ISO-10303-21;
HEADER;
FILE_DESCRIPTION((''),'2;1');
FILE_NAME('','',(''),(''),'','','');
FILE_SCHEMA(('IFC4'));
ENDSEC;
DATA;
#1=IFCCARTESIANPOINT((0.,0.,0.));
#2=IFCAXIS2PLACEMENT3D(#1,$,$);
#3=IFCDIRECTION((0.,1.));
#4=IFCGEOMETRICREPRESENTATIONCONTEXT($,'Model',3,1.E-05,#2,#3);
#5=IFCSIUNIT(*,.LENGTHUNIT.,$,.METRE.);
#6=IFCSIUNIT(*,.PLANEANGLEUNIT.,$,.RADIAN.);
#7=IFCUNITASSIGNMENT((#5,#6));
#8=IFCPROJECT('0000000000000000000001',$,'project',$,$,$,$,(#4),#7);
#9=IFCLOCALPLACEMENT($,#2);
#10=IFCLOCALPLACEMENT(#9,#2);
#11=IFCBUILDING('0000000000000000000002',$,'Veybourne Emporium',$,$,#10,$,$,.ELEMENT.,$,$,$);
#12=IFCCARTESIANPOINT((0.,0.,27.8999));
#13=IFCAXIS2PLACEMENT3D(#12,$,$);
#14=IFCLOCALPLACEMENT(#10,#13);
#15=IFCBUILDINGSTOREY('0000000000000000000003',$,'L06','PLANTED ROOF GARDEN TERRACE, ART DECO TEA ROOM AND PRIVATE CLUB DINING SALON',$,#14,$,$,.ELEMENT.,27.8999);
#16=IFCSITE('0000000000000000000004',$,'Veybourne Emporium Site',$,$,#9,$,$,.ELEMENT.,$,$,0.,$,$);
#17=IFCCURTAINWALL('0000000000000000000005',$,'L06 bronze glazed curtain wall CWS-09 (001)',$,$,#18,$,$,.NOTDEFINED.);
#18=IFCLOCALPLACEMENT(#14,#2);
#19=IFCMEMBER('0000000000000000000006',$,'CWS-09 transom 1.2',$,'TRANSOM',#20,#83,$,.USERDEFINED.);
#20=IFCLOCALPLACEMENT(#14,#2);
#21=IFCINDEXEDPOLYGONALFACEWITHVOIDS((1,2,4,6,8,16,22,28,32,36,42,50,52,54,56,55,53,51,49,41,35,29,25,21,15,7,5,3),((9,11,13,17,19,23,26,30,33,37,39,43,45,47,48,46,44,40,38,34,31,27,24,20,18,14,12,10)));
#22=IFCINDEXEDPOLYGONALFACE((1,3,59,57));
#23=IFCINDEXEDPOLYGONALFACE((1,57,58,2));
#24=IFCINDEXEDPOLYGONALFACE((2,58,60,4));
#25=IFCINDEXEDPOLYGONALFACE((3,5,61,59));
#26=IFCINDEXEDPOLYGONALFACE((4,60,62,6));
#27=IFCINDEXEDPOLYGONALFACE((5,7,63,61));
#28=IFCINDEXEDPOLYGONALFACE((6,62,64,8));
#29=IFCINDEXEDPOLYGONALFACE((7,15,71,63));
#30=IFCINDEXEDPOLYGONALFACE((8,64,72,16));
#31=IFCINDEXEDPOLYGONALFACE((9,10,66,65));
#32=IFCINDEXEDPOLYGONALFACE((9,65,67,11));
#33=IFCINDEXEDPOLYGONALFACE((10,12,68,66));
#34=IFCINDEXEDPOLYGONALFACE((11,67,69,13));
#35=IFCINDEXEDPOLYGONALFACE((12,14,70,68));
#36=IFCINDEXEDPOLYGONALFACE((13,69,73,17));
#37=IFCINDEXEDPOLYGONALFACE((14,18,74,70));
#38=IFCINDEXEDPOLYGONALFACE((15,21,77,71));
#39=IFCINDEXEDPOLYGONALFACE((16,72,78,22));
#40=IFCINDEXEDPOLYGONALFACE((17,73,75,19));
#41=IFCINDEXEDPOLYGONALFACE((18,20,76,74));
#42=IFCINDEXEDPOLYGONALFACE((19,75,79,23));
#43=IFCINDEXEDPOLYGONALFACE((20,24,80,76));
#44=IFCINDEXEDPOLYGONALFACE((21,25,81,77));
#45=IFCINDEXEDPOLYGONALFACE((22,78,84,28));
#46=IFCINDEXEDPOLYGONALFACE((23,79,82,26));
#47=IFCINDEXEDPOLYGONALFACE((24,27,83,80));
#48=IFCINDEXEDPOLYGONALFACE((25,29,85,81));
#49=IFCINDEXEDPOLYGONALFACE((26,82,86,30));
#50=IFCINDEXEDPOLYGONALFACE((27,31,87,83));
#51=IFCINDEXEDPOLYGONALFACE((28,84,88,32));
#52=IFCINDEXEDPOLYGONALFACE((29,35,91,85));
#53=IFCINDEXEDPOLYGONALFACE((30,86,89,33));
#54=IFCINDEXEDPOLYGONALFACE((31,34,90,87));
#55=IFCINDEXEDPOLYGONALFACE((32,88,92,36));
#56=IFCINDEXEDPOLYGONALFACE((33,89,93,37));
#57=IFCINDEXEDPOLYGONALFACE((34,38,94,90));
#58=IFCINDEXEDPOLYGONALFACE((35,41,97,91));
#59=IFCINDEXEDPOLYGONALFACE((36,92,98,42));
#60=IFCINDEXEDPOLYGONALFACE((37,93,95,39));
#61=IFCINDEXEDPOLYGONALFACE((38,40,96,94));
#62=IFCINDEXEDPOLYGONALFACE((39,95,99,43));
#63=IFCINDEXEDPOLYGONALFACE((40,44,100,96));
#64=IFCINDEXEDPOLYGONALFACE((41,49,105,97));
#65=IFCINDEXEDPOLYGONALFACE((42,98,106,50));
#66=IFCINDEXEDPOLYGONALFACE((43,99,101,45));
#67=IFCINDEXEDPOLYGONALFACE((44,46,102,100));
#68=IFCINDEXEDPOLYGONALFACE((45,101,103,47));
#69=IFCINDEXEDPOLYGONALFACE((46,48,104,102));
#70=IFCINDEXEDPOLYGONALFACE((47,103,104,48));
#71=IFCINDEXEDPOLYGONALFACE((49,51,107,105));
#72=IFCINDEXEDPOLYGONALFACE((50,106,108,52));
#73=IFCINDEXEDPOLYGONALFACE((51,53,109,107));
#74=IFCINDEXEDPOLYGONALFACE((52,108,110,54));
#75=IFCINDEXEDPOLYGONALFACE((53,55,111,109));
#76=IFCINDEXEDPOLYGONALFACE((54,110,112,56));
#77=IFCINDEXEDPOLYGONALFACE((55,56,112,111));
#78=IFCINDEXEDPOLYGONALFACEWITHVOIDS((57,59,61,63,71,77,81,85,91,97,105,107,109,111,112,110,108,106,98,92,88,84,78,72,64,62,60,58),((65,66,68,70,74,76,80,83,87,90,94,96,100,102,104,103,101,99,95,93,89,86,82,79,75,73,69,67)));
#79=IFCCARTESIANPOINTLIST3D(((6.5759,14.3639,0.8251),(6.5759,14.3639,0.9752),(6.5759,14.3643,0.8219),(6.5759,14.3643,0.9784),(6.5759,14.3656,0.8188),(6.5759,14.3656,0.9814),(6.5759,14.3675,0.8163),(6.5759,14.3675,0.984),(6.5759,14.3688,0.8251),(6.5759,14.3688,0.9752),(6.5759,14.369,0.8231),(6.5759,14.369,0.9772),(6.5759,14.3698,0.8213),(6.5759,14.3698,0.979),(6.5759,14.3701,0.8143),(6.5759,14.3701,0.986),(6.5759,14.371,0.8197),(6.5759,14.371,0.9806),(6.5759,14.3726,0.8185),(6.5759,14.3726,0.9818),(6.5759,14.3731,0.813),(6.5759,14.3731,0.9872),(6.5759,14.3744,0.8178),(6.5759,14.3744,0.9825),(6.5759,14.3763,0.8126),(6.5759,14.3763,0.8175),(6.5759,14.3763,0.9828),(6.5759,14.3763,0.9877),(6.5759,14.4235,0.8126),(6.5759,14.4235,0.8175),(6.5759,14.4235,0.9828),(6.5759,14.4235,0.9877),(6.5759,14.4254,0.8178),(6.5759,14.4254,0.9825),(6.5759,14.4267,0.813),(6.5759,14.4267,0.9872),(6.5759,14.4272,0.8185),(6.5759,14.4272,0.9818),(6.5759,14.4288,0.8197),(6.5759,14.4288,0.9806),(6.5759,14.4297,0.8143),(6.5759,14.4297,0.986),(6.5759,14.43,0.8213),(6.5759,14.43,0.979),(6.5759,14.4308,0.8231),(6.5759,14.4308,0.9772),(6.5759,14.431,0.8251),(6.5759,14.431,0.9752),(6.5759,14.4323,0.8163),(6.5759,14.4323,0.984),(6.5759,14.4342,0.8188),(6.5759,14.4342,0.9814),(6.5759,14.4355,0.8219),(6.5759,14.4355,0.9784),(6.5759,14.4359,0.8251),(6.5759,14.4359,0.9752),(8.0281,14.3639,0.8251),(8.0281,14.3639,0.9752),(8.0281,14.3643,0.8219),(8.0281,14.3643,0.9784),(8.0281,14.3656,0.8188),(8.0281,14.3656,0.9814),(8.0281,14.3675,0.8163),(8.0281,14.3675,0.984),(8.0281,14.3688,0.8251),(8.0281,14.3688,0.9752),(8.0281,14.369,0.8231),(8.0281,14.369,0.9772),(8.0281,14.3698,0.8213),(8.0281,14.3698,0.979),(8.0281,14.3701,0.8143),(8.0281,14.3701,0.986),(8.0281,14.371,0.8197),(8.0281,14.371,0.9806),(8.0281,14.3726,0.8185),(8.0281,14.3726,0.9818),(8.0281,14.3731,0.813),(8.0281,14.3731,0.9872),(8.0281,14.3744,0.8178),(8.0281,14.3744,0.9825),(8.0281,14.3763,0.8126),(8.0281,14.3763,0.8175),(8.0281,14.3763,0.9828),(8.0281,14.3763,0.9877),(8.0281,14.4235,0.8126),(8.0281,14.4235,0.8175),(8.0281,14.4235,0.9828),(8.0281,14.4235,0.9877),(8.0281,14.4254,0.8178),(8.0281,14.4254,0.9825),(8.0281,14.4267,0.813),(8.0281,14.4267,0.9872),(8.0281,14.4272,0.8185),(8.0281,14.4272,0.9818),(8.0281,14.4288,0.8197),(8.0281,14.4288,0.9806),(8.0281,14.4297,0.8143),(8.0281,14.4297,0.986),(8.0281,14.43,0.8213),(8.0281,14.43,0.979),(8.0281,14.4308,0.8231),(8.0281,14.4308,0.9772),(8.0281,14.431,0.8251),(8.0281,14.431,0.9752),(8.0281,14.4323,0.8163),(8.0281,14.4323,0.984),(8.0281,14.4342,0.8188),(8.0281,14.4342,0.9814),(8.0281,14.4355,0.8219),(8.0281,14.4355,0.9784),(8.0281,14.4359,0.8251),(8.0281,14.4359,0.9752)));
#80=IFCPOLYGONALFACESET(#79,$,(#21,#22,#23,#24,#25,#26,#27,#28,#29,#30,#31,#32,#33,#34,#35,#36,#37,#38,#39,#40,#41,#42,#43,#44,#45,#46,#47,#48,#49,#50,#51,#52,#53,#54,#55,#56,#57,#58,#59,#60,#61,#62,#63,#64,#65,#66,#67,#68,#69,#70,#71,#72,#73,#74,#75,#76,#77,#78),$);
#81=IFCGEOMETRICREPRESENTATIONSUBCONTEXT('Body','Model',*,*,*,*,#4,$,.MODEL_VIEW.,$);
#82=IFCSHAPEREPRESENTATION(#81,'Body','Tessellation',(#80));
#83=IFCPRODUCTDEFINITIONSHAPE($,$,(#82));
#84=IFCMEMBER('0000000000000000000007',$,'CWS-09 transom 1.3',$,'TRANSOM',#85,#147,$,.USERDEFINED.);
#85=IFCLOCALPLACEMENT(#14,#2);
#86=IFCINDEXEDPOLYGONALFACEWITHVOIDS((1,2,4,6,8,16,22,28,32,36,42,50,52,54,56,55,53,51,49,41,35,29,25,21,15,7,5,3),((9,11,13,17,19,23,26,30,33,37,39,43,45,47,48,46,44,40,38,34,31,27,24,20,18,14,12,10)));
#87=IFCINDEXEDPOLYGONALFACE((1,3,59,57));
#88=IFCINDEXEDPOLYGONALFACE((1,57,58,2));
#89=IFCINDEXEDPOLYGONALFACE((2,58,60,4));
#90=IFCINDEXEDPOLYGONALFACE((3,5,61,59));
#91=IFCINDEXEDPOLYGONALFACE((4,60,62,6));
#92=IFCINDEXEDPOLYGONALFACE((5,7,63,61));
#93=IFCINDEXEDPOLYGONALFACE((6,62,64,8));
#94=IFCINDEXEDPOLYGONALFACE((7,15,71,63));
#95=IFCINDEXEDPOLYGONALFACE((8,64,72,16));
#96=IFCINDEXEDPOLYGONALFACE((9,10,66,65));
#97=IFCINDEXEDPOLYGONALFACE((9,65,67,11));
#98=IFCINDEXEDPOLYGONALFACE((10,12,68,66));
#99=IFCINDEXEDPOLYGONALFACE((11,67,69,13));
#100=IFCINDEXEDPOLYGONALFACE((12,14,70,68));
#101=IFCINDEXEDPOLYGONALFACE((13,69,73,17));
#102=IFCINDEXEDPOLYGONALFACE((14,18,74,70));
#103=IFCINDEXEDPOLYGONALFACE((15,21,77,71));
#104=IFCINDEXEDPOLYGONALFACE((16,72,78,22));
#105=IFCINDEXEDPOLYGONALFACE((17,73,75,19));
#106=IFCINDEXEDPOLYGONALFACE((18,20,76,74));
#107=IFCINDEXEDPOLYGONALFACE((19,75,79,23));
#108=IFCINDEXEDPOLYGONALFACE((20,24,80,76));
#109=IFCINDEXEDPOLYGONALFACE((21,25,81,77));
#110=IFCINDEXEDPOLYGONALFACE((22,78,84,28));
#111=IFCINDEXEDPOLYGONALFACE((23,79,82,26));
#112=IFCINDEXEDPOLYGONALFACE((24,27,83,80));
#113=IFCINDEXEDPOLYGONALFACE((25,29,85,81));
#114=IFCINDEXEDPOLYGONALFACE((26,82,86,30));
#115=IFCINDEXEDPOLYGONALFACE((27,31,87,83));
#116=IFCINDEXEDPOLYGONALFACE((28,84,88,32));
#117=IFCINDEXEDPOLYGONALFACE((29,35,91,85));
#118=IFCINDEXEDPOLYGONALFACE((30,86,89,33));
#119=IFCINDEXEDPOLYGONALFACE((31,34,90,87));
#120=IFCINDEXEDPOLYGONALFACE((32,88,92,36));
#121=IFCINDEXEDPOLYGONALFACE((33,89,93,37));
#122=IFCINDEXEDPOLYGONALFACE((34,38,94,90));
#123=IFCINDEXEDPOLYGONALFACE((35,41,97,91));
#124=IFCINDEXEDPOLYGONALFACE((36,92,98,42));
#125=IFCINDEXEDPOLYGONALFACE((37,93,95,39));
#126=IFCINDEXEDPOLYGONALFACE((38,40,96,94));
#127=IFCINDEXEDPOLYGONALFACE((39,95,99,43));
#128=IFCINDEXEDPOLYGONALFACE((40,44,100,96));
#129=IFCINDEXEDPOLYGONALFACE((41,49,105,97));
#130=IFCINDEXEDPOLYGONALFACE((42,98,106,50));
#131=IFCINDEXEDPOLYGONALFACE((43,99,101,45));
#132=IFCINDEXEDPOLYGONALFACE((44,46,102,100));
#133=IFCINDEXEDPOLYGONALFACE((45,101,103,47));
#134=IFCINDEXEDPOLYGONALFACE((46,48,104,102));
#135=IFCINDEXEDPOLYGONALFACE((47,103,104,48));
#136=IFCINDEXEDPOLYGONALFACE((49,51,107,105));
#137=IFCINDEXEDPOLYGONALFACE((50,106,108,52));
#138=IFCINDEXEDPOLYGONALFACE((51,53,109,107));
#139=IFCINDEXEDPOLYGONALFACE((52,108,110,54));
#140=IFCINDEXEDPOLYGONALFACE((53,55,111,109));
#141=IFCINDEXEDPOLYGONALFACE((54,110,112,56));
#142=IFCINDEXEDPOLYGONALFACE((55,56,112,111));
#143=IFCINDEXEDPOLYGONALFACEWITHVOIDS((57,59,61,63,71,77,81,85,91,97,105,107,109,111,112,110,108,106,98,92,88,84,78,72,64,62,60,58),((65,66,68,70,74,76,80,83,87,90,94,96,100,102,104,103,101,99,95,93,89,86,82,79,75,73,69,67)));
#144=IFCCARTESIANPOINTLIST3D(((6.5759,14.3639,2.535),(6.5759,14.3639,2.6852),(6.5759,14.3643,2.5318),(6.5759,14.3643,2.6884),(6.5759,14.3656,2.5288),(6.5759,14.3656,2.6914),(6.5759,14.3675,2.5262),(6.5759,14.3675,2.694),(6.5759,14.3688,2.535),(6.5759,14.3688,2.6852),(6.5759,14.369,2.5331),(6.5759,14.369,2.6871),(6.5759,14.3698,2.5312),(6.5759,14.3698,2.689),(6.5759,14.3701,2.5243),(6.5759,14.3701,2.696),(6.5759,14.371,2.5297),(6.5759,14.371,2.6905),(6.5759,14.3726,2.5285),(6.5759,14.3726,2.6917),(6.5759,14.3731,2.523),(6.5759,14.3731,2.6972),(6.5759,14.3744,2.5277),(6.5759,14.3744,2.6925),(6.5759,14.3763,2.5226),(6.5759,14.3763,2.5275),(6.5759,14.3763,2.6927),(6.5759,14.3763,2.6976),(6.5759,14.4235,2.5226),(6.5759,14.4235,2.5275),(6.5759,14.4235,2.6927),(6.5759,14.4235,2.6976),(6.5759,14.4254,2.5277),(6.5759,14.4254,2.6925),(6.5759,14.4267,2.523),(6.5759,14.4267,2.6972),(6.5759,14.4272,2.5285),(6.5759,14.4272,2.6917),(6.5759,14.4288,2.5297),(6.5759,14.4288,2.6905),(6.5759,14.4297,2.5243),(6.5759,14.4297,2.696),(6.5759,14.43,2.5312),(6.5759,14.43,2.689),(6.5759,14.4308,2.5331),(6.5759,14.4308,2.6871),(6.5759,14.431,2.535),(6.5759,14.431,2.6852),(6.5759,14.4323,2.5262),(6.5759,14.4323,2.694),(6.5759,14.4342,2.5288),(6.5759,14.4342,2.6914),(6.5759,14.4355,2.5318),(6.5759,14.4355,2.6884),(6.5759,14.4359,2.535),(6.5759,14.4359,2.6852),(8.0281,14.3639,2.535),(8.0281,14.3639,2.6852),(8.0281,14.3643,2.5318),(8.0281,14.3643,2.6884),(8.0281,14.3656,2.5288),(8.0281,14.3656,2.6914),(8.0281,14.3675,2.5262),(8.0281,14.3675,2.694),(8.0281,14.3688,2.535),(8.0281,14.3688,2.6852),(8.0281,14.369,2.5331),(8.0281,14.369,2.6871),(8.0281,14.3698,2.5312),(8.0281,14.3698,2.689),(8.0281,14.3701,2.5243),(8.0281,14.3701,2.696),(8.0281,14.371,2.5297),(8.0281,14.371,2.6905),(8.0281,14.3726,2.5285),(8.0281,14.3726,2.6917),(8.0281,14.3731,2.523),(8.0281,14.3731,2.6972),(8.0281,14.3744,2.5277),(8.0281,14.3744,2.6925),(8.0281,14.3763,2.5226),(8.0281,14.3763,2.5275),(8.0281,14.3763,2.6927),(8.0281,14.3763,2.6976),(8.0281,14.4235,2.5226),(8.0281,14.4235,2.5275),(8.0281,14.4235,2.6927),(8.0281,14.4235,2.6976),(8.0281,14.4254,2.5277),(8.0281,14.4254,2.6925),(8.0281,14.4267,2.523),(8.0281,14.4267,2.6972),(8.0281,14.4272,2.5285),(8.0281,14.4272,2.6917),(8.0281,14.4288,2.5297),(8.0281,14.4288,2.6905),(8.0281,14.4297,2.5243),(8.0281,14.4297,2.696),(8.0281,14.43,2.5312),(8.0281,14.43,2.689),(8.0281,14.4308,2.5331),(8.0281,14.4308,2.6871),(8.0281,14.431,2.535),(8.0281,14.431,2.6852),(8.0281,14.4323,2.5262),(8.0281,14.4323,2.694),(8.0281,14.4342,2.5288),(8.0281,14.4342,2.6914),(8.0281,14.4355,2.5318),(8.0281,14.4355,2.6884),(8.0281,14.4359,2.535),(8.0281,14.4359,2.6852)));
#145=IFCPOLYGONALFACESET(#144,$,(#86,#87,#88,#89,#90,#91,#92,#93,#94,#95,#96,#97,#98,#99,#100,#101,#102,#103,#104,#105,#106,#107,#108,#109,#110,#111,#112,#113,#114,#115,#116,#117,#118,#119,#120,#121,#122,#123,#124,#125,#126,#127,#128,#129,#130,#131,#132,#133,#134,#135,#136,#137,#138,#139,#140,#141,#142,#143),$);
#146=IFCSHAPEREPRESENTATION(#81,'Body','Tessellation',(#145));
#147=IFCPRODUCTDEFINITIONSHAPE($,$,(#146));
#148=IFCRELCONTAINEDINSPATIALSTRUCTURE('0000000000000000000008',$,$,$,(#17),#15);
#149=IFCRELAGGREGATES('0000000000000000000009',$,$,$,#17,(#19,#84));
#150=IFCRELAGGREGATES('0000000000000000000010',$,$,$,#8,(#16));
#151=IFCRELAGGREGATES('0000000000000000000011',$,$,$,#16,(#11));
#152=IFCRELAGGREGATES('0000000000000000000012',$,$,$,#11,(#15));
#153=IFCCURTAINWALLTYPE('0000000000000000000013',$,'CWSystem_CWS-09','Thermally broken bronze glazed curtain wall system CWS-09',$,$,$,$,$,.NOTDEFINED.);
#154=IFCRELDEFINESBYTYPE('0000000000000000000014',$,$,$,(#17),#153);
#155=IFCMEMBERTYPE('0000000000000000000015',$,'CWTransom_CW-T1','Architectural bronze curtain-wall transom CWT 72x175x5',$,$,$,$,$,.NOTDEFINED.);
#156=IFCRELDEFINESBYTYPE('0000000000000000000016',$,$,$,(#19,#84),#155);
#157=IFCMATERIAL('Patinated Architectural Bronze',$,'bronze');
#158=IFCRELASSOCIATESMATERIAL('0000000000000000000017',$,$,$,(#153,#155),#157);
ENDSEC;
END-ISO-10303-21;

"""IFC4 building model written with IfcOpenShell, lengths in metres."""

from ifc_helpers import new_model, si_unit, direction, frame, origin, origin_2d, place, context, subcontext, project, spatial, hollow_rectangle, extrude, material, material_profile, profile_set, type_object, element, aggregate, save


model = new_model("IFC4")

# Units and contexts
model_context = context("Model", 3, precision=1e-05, world=origin(), true_north=direction((0.0, 1.0)))
body_context = subcontext(model_context, "Body", "Model", "MODEL_VIEW")
ifc_project = project(units=[si_unit("LENGTHUNIT", "METRE"), si_unit("PLANEANGLEUNIT", "RADIAN")], contexts=[model_context])

# Site, building, storey
site_placement = place(None, origin())
site = spatial("IfcSite", under=ifc_project, at=site_placement, Name="Veybourne Emporium Site", CompositionType="ELEMENT", RefElevation=0.0)
building_placement = place(site_placement, origin())
building = spatial("IfcBuilding", under=site, at=building_placement, Name="Veybourne Emporium", CompositionType="ELEMENT")
storey_placement = place(building_placement, frame((0.0, 0.0, 27.8999)))
storey = spatial("IfcBuildingStorey", under=building, at=storey_placement, Name="L06", Description="PLANTED ROOF GARDEN TERRACE, ART DECO TEA ROOM AND PRIVATE CLUB DINING SALON", CompositionType="ELEMENT", Elevation=27.8999)

# Curtain wall
ifc_material_1 = material(Name="Patinated Architectural Bronze", Category="bronze")
curtain_wall_type_1 = type_object("IfcCurtainWallType", Name="CWSystem_CWS-09", Description="Thermally broken bronze glazed curtain wall system CWS-09", PredefinedType="NOTDEFINED", material=ifc_material_1)
curtain_wall_1_placement = place(storey_placement, origin())
curtain_wall_1 = element("IfcCurtainWall", 1, at=curtain_wall_1_placement, inside=storey, type_object=curtain_wall_type_1, Name="L06 bronze glazed curtain wall CWS-09 (001)", PredefinedType="NOTDEFINED")

# Members
ifc_material_profile_1 = material_profile(ifc_material_1, hollow_rectangle(XDim=0.072, YDim=0.175, WallThickness=0.0049, InnerFilletRadius=0.0076, OuterFilletRadius=0.0125, at=origin_2d()), Name="CWT 72x175x5")
ifc_profile_set_1 = profile_set([ifc_material_profile_1], Name="Patinated Architectural Bronze")
member_type_1 = type_object("IfcMemberType", Name="CWTransom_CW-T1", Description="Architectural bronze curtain-wall transom CWT 72x175x5", PredefinedType="NOTDEFINED", material=ifc_profile_set_1)
member_1_placement = place(storey_placement, frame((8.0281, 14.3999, 0.9001), z_axis=(-1.0, 0.0, 0.0), x_axis=(0.0, -1.0, 0.0)))
member_1 = element("IfcMember", 2, at=member_1_placement, type_object=member_type_1, Name="CWS-09 transom 1.2", ObjectType="TRANSOM", PredefinedType="USERDEFINED", context=body_context, shape_type="SweptSolid", body=[
    extrude(hollow_rectangle(XDim=0.072, YDim=0.175, WallThickness=0.0049, InnerFilletRadius=0.0076, OuterFilletRadius=0.0125, at=origin_2d()), origin(), (0.0, 0.0, 1.0), 1.4521),
])
member_2_placement = place(storey_placement, frame((8.0281, 14.3999, 2.6101), z_axis=(-1.0, 0.0, 0.0), x_axis=(0.0, -1.0, 0.0)))
member_2 = element("IfcMember", 3, at=member_2_placement, type_object=member_type_1, Name="CWS-09 transom 1.3", ObjectType="TRANSOM", PredefinedType="USERDEFINED", context=body_context, shape_type="SweptSolid", body=[
    extrude(hollow_rectangle(XDim=0.072, YDim=0.175, WallThickness=0.0049, InnerFilletRadius=0.0076, OuterFilletRadius=0.0125, at=origin_2d()), origin(), (0.0, 0.0, 1.0), 1.4521),
])

aggregate(curtain_wall_1, [member_1, member_2])

save(model, "model.ifc")
